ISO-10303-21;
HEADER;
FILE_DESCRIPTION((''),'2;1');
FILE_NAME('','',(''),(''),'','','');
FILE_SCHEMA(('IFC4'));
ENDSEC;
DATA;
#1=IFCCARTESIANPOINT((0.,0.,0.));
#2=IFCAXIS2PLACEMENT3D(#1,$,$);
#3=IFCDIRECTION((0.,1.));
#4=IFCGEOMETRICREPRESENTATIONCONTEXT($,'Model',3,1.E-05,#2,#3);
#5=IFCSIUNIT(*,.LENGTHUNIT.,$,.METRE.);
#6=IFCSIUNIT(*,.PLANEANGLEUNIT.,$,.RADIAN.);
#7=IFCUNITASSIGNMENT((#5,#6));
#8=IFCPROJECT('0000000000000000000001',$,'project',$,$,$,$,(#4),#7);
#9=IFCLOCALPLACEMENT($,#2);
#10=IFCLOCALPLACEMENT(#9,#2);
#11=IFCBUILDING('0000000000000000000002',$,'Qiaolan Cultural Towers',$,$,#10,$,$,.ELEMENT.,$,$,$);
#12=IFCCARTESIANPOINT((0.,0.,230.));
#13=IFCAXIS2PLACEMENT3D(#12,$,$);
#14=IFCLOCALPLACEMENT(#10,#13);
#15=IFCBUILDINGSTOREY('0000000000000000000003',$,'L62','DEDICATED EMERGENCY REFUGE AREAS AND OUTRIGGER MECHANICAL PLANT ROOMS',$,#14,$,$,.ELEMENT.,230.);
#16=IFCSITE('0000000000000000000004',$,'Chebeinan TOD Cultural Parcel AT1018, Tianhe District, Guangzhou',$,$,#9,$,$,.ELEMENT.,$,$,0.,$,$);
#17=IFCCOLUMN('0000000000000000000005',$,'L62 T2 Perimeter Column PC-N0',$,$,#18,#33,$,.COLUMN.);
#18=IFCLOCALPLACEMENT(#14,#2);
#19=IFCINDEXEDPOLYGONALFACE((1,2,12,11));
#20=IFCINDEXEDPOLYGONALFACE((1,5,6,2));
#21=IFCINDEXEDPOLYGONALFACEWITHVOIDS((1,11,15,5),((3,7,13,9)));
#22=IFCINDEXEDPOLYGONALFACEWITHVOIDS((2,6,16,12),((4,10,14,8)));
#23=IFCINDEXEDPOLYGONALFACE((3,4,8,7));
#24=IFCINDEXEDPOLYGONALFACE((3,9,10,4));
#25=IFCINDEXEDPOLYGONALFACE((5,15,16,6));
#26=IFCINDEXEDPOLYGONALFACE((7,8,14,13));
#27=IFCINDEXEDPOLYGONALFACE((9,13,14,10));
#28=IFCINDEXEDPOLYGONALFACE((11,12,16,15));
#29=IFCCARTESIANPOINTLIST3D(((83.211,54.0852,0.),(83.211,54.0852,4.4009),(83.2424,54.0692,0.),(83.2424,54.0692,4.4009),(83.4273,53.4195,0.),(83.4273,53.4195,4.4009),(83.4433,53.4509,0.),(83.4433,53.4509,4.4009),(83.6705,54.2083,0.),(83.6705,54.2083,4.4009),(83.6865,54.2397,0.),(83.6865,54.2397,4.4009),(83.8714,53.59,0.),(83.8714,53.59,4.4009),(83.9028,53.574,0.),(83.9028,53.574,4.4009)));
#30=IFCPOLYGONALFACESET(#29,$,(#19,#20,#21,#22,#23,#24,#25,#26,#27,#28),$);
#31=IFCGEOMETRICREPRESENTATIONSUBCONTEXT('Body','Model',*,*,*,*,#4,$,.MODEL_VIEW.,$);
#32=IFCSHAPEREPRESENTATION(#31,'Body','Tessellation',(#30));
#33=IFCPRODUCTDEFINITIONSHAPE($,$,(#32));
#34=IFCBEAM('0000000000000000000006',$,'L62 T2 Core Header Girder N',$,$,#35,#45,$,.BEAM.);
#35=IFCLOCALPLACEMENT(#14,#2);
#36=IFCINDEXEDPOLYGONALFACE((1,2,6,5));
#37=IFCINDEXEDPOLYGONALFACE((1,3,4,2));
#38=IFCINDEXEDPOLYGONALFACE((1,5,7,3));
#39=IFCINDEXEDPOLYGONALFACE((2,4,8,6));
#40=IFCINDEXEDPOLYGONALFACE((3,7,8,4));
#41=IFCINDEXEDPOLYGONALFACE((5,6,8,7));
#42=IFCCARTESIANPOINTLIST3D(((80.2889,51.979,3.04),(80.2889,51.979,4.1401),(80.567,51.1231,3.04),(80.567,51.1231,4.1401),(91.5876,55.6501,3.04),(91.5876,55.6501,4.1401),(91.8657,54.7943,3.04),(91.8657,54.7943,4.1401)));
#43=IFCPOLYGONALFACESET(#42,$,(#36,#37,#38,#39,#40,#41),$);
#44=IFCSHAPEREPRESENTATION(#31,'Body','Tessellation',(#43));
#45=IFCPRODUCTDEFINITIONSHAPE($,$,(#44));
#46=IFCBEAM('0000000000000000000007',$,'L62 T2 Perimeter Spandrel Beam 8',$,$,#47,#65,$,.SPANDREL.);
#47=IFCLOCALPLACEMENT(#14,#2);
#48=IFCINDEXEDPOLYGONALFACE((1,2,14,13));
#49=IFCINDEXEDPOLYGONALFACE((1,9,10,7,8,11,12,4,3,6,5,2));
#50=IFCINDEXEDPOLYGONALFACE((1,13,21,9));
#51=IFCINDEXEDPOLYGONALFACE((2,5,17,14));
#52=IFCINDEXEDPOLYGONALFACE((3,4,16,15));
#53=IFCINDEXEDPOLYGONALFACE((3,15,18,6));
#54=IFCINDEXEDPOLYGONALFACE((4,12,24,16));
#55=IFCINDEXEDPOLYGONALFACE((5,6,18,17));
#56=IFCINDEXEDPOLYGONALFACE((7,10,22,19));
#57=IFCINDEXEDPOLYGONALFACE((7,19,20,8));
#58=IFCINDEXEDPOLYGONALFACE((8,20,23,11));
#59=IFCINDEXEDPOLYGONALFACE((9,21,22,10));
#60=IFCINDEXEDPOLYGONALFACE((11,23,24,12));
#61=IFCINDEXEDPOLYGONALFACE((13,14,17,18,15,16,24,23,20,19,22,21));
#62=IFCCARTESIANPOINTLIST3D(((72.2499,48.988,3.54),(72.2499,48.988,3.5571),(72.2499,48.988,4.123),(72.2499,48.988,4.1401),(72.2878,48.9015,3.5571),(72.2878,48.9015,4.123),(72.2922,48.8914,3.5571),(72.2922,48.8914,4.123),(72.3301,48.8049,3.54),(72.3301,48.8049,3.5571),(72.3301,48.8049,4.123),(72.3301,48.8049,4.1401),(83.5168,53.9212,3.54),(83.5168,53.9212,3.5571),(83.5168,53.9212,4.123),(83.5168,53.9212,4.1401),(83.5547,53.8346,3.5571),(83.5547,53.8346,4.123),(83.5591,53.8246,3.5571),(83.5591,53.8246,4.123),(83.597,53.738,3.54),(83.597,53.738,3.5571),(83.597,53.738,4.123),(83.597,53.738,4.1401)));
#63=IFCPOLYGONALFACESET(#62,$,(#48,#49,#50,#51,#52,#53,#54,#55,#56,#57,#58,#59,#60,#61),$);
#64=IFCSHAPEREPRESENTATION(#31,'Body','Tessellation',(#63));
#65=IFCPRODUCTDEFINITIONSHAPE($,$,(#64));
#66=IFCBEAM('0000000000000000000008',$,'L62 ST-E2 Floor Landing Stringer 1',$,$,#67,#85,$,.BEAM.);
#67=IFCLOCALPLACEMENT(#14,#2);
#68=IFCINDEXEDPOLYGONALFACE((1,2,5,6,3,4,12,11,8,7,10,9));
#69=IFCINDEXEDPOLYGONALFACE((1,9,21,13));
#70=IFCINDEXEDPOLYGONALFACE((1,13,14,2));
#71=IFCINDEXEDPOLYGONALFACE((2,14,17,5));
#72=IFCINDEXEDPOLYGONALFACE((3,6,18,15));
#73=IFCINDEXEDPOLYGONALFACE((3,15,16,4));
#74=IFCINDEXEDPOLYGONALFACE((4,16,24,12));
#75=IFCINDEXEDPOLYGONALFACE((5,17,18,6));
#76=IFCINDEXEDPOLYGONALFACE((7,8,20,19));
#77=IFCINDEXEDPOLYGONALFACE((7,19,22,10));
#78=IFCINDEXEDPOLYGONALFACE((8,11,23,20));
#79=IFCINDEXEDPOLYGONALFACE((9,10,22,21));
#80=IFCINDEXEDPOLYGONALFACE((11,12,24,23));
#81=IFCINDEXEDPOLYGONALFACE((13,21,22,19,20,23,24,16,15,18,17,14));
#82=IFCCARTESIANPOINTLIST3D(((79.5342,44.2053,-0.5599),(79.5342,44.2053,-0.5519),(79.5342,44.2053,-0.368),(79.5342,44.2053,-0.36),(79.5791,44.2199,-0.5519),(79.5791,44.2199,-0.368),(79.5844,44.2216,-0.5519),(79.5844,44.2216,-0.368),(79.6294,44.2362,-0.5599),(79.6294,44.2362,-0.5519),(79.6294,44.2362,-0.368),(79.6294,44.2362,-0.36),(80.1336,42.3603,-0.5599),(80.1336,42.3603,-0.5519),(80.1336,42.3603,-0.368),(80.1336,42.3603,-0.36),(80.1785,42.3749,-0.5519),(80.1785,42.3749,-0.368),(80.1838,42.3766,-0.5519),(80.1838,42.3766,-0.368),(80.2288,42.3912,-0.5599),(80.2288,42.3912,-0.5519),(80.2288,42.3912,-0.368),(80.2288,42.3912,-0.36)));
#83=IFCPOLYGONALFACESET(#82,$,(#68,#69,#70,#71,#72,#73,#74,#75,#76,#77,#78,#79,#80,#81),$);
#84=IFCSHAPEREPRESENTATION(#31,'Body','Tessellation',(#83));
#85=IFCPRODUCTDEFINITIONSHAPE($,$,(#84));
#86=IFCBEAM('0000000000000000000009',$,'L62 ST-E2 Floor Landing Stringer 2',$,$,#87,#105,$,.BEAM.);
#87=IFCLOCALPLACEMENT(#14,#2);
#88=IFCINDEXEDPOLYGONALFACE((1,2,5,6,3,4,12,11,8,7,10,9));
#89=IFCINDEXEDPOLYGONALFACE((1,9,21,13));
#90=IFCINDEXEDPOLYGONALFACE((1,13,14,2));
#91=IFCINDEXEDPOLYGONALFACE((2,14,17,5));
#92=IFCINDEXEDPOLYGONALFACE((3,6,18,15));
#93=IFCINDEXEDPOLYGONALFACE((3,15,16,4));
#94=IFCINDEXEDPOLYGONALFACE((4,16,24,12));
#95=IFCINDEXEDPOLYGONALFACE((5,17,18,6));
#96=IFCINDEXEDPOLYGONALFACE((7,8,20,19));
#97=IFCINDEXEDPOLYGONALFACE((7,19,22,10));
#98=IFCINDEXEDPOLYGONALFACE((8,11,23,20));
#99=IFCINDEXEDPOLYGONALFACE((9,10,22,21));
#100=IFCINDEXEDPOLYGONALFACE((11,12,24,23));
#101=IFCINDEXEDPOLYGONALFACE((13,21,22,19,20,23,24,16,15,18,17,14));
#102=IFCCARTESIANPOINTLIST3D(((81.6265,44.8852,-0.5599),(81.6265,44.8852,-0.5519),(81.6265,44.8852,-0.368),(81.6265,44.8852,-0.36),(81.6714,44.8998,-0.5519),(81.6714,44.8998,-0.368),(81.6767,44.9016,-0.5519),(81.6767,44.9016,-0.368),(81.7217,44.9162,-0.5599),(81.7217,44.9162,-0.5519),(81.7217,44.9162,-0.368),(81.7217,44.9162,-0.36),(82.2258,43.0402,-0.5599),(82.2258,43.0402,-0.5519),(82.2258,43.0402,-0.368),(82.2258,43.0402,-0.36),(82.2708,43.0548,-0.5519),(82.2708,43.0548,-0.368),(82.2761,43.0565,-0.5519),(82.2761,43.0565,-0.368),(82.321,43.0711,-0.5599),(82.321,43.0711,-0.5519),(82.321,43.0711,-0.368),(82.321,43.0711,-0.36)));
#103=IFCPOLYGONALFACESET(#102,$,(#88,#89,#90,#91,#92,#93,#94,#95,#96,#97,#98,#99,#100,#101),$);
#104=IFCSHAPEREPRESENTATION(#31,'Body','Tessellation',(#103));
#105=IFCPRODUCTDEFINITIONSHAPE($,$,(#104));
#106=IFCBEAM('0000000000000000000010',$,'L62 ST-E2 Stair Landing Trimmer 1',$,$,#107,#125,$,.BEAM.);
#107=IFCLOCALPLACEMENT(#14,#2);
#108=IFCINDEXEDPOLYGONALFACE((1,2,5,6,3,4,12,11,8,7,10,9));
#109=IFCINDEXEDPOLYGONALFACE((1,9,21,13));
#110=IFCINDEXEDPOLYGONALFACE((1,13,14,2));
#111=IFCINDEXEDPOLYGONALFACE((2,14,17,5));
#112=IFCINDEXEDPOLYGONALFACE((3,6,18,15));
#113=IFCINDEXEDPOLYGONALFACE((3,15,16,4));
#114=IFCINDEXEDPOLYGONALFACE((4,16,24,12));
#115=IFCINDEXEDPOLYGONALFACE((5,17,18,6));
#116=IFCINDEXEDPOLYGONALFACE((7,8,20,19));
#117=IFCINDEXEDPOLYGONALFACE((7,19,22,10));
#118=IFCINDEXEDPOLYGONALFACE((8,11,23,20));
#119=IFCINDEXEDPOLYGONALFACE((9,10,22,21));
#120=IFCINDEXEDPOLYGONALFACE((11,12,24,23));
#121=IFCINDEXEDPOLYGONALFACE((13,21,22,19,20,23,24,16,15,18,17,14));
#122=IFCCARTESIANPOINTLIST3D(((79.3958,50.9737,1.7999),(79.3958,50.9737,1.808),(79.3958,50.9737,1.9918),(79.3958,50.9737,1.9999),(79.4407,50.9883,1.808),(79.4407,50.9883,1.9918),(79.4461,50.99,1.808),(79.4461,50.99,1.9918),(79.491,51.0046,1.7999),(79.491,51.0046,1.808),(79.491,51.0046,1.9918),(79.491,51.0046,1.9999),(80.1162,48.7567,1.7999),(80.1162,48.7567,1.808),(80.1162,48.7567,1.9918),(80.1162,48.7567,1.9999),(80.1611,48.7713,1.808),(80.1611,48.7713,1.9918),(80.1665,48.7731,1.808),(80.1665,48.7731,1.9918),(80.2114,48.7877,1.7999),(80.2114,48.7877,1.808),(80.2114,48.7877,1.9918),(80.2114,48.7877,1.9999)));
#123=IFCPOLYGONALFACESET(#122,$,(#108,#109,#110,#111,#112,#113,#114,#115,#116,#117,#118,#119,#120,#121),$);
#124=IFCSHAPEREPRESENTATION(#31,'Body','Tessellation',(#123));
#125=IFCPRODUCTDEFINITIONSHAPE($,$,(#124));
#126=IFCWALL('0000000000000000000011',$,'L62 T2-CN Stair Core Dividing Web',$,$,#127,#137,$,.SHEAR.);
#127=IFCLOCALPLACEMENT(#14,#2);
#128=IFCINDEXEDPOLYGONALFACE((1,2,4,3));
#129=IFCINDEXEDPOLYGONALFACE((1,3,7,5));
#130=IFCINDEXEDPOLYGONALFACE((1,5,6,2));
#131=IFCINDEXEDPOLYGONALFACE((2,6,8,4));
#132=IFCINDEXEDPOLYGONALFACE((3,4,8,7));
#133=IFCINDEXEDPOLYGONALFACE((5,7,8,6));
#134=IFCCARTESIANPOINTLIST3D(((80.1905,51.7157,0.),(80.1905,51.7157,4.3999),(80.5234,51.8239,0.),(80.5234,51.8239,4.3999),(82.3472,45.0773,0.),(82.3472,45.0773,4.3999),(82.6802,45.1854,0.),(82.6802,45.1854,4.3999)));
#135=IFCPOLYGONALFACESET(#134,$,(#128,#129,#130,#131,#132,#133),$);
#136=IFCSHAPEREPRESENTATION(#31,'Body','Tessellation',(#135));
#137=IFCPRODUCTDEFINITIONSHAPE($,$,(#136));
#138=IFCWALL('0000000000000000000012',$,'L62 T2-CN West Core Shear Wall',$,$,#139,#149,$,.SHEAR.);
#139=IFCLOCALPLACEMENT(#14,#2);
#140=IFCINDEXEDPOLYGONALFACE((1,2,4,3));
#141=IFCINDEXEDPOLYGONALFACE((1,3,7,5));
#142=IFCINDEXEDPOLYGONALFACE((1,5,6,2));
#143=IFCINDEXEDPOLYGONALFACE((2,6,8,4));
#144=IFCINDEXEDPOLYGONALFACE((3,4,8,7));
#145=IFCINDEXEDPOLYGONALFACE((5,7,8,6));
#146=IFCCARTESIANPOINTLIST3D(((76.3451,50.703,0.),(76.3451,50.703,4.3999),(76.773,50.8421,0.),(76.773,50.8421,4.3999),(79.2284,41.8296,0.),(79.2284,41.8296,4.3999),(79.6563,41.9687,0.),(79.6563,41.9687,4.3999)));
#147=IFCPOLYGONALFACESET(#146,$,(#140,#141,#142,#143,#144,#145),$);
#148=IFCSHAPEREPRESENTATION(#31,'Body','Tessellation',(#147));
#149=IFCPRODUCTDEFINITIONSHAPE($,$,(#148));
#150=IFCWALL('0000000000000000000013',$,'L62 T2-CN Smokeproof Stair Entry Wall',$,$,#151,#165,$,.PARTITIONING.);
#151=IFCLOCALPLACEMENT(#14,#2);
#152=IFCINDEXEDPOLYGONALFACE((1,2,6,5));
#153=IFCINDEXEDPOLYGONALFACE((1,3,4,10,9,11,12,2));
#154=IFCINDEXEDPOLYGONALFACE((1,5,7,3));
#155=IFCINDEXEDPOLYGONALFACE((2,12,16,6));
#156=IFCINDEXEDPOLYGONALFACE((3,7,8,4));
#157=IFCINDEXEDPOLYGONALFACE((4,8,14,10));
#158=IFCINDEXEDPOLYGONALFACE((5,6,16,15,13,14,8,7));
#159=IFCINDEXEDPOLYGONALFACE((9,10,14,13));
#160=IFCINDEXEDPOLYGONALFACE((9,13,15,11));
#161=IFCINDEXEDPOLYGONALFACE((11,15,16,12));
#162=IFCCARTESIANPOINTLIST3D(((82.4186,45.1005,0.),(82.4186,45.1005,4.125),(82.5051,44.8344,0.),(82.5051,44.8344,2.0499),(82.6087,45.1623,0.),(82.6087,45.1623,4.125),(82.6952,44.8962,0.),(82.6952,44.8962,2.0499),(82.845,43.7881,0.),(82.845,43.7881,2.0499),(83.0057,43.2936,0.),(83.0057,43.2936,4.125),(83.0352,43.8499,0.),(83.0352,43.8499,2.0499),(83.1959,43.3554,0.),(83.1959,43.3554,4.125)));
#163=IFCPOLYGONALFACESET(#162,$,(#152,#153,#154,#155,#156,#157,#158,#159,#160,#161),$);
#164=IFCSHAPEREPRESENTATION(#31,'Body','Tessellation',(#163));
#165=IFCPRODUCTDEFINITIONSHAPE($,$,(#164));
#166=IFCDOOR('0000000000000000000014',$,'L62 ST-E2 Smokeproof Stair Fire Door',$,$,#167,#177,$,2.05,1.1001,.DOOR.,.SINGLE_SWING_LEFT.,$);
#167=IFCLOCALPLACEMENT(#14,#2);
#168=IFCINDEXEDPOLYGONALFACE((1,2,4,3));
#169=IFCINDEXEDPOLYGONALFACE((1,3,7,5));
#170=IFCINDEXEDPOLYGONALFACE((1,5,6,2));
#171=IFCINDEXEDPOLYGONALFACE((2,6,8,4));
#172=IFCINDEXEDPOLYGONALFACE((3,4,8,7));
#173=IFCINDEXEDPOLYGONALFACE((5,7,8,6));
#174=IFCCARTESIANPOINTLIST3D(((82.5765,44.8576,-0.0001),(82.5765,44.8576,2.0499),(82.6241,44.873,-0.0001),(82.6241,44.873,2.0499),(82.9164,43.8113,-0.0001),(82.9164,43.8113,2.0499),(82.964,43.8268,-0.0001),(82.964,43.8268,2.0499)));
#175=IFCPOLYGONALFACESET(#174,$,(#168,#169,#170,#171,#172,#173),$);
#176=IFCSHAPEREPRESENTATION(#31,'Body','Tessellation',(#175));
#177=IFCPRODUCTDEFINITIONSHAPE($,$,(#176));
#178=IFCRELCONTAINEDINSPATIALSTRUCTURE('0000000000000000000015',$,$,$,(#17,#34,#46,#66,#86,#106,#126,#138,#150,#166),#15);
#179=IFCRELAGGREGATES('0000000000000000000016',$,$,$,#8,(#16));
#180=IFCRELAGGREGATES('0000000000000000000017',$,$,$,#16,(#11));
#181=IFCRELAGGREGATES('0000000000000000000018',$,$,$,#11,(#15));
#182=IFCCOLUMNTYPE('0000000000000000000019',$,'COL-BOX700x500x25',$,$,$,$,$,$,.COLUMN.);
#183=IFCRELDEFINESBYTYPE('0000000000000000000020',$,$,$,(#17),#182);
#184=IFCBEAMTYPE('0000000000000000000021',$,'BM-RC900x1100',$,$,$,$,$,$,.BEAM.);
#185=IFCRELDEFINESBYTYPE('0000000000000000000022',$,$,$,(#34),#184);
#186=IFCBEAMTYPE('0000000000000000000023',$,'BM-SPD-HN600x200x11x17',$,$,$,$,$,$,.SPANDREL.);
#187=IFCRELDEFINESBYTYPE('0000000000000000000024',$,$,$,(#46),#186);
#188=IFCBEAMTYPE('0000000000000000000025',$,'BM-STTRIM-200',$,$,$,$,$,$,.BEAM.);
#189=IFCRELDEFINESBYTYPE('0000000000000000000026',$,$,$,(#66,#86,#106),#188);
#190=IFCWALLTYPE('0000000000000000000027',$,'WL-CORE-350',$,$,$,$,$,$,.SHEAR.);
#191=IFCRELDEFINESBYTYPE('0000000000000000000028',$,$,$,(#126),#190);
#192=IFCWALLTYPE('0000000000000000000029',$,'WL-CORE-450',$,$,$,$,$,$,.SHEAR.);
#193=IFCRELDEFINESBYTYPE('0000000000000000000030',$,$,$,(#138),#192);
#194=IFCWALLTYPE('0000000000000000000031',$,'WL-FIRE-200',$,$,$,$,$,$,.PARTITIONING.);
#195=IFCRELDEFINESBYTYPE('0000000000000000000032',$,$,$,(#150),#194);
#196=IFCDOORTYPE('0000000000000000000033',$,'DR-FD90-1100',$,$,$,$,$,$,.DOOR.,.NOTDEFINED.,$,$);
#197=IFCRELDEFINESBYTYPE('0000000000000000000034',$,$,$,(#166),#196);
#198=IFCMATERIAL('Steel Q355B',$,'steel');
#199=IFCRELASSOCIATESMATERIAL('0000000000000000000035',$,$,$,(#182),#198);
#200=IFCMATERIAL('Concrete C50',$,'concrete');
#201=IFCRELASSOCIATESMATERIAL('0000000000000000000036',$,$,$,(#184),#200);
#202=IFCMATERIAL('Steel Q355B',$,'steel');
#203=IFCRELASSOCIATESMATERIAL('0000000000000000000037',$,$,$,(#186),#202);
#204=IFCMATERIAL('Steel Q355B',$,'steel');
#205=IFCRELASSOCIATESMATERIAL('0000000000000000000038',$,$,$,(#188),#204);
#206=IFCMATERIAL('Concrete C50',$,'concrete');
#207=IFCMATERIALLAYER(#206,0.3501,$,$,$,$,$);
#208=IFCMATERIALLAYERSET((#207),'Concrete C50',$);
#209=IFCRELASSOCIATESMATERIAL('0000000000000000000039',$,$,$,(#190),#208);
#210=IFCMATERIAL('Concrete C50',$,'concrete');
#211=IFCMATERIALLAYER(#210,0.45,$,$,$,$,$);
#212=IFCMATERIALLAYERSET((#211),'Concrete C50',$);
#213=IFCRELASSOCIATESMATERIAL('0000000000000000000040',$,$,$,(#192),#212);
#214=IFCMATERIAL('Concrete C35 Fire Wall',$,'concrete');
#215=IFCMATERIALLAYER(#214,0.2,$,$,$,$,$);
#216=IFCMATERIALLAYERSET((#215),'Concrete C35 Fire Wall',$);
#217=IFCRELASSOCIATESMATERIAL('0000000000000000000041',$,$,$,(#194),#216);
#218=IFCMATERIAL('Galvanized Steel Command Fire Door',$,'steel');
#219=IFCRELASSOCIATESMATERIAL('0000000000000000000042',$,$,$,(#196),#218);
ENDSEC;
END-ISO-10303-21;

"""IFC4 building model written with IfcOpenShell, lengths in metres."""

from ifc_helpers import new_model, si_unit, direction, frame, frame_2d, origin, origin_2d, place, context, subcontext, project, spatial, rectangle, hollow_rectangle, i_section, extrude, material, layer, layer_set, material_profile, profile_set, type_object, element, fill, save


model = new_model("IFC4")

# Units and contexts
model_context = context("Model", 3, precision=1e-05, world=origin(), true_north=direction((0.0, 1.0)))
body_context = subcontext(model_context, "Body", "Model", "MODEL_VIEW")
ifc_project = project(units=[si_unit("LENGTHUNIT", "METRE"), si_unit("PLANEANGLEUNIT", "RADIAN")], contexts=[model_context])

# Site, building, storey
site_placement = place(None, origin())
site = spatial("IfcSite", under=ifc_project, at=site_placement, Name="Chebeinan TOD Cultural Parcel AT1018, Tianhe District, Guangzhou", CompositionType="ELEMENT", RefElevation=0.0)
building_placement = place(site_placement, origin())
building = spatial("IfcBuilding", under=site, at=building_placement, Name="Qiaolan Cultural Towers", CompositionType="ELEMENT")
storey_placement = place(building_placement, frame((0.0, 0.0, 230.0)))
storey = spatial("IfcBuildingStorey", under=building, at=storey_placement, Name="L62", Description="DEDICATED EMERGENCY REFUGE AREAS AND OUTRIGGER MECHANICAL PLANT ROOMS", CompositionType="ELEMENT", Elevation=230.0)

# Column
ifc_material_1 = material(Name="Steel Q355B", Category="steel")
ifc_material_profile_1 = material_profile(ifc_material_1, hollow_rectangle(XDim=0.5, YDim=0.7, WallThickness=0.0249, at=origin_2d()), Name="BOX700x500x25")
ifc_profile_set_1 = profile_set([ifc_material_profile_1], Name="Steel Q355B")
column_type = type_object("IfcColumnType", Name="COL-BOX700x500x25", PredefinedType="COLUMN", material=ifc_profile_set_1)
column_placement = place(storey_placement, frame((83.5569, 53.8296, 0.0), z_axis=(0.0, 0.0, 1.0), x_axis=(0.951057, 0.309017, 0.0)))
element("IfcColumn", 1, at=column_placement, inside=storey, type_object=column_type, Name="L62 T2 Perimeter Column PC-N0", PredefinedType="COLUMN", context=body_context, shape_type="SweptSolid", body=[
    extrude(hollow_rectangle(XDim=0.5, YDim=0.7, WallThickness=0.0249, at=origin_2d()), origin(), (0.0, 0.0, 1.0), 4.4009),
])

# Beams
ifc_material_2 = material(Name="Concrete C50", Category="concrete")
ifc_material_profile_2 = material_profile(ifc_material_2, rectangle(XDim=0.8999, YDim=1.1001, at=origin_2d()), Name="RC900x1100")
ifc_profile_set_2 = profile_set([ifc_material_profile_2], Name="Concrete C50")
beam_type_1 = type_object("IfcBeamType", Name="BM-RC900x1100", PredefinedType="BEAM", material=ifc_profile_set_2)
beam_1_placement = place(storey_placement, frame((80.428, 51.551, 3.5901), z_axis=(0.951056, 0.309018, 0.0), x_axis=(-0.309018, 0.951056, 0.0)))
element("IfcBeam", 2, at=beam_1_placement, inside=storey, type_object=beam_type_1, Name="L62 T2 Core Header Girder N", PredefinedType="BEAM", context=body_context, shape_type="SweptSolid", body=[
    extrude(rectangle(XDim=0.8999, YDim=1.1001, at=origin_2d()), origin(), (0.0, 0.0, 1.0), 11.8801),
])
ifc_material_3 = material(Name="Steel Q355B", Category="steel")
ifc_material_profile_3 = material_profile(ifc_material_3, i_section(OverallWidth=0.2, OverallDepth=0.6001, WebThickness=0.011, FlangeThickness=0.0171, at=origin_2d()), Name="HN600x200x11x17")
ifc_profile_set_3 = profile_set([ifc_material_profile_3], Name="Steel Q355B")
beam_type_2 = type_object("IfcBeamType", Name="BM-SPD-HN600x200x11x17", PredefinedType="SPANDREL", material=ifc_profile_set_3)
beam_2_placement = place(storey_placement, frame((83.5569, 53.8296, 3.8401), z_axis=(-0.916042, -0.401082, 0.0), x_axis=(0.401082, -0.916042, 0.0)))
element("IfcBeam", 3, at=beam_2_placement, inside=storey, type_object=beam_type_2, Name="L62 T2 Perimeter Spandrel Beam 8", PredefinedType="SPANDREL", context=body_context, shape_type="SweptSolid", body=[
    extrude(i_section(OverallWidth=0.2, OverallDepth=0.6001, WebThickness=0.011, FlangeThickness=0.0171, at=origin_2d()), origin(), (0.0, 0.0, 1.0), 12.2996),
])
ifc_material_4 = material(Name="Steel Q355B", Category="steel")
ifc_material_profile_4 = material_profile(ifc_material_4, i_section(OverallWidth=0.1001, OverallDepth=0.2, WebThickness=0.0056, FlangeThickness=0.0081, at=origin_2d()), Name="HN200x100x5.5x8")
ifc_profile_set_4 = profile_set([ifc_material_profile_4], Name="Steel Q355B")
beam_type_3 = type_object("IfcBeamType", Name="BM-STTRIM-200", PredefinedType="BEAM", material=ifc_profile_set_4)
for number, where, z_axis, x_axis, name in (
    (4, (80.1812, 42.3757, -0.46), (-0.308969, 0.951072, 0.0), (-0.951072, -0.308969, 0.0), "L62 ST-E2 Floor Landing Stringer 1"),
    (5, (82.2734, 43.0557, -0.46), (-0.308969, 0.951072, 0.0), (-0.951072, -0.308969, 0.0), "L62 ST-E2 Floor Landing Stringer 2"),
):
    element("IfcBeam", number, at=place(storey_placement, frame(where, z_axis=z_axis, x_axis=x_axis)), inside=storey, type_object=beam_type_3, Name=name, PredefinedType="BEAM", context=body_context, shape_type="SweptSolid", body=[
        extrude(i_section(OverallWidth=0.1001, OverallDepth=0.2, WebThickness=0.0056, FlangeThickness=0.0081, at=origin_2d()), origin(), (0.0, 0.0, 1.0), 1.9399),
    ])
beam_3_placement = place(storey_placement, frame((80.1638, 48.7722, 1.8999), z_axis=(-0.309055, 0.951044, 0.0), x_axis=(-0.951044, -0.309055, 0.0)))
element("IfcBeam", 6, at=beam_3_placement, inside=storey, type_object=beam_type_3, Name="L62 ST-E2 Stair Landing Trimmer 1", PredefinedType="BEAM", context=body_context, shape_type="SweptSolid", body=[
    extrude(i_section(OverallWidth=0.1001, OverallDepth=0.2, WebThickness=0.0056, FlangeThickness=0.0081, at=origin_2d()), origin(), (0.0, 0.0, 1.0), 2.3311),
])

# Walls
ifc_material_5 = material(Name="Concrete C50", Category="concrete")
ifc_layer_1 = layer(ifc_material_5, 0.3501)
ifc_layer_set_1 = layer_set([ifc_layer_1], Name="Concrete C50")
wall_type_1 = type_object("IfcWallType", Name="WL-CORE-350", PredefinedType="SHEAR", material=ifc_layer_set_1)
wall_1_placement = place(storey_placement, frame((82.5137, 45.1313, 0.0), z_axis=(0.0, 0.0, 1.0), x_axis=(-0.308989, 0.951066, 0.0)))
element("IfcWall", 7, at=wall_1_placement, inside=storey, type_object=wall_type_1, Name="L62 T2-CN Stair Core Dividing Web", PredefinedType="SHEAR", context=body_context, shape_type="SweptSolid", body=[
    extrude(rectangle(XDim=6.98, YDim=0.3501, at=frame_2d((3.49, 0.0))), origin(), (0.0, 0.0, 1.0), 4.3999),
])
ifc_material_6 = material(Name="Concrete C50", Category="concrete")
ifc_layer_2 = layer(ifc_material_6, 0.45)
ifc_layer_set_2 = layer_set([ifc_layer_2], Name="Concrete C50")
wall_type_2 = type_object("IfcWallType", Name="WL-CORE-450", PredefinedType="SHEAR", material=ifc_layer_set_2)
wall_2_placement = place(storey_placement, frame((79.4424, 41.8992, 0.0), z_axis=(0.0, 0.0, 1.0), x_axis=(-0.309036, 0.95105, 0.0)))
element("IfcWall", 8, at=wall_2_placement, inside=storey, type_object=wall_type_2, Name="L62 T2-CN West Core Shear Wall", PredefinedType="SHEAR", context=body_context, shape_type="SweptSolid", body=[
    extrude(rectangle(XDim=9.3301, YDim=0.45, at=frame_2d((4.665, 0.0))), origin(), (0.0, 0.0, 1.0), 4.3999),
])

# Wall, opening, door
ifc_material_7 = material(Name="Concrete C35 Fire Wall", Category="concrete")
ifc_layer_3 = layer(ifc_material_7, 0.2)
ifc_layer_set_3 = layer_set([ifc_layer_3], Name="Concrete C35 Fire Wall")
wall_type_3 = type_object("IfcWallType", Name="WL-FIRE-200", PredefinedType="PARTITIONING", material=ifc_layer_set_3)
wall_3_placement = place(storey_placement, frame((83.1008, 43.3245, 0.0), z_axis=(0.0, 0.0, 1.0), x_axis=(-0.309048, 0.951046, 0.0)))
wall_3 = element("IfcWall", 9, at=wall_3_placement, inside=storey, type_object=wall_type_3, Name="L62 T2-CN Smokeproof Stair Entry Wall", PredefinedType="PARTITIONING", context=body_context, shape_type="SweptSolid", body=[
    extrude(rectangle(XDim=1.8999, YDim=0.2, at=frame_2d((0.95, 0.0))), origin(), (0.0, 0.0, 1.0), 4.125),
])
opening_1_placement = place(wall_3_placement, frame((0.52, 0.0, 0.0)))
opening_1 = element("IfcOpeningElement", 10, at=opening_1_placement, cuts=wall_3, PredefinedType="OPENING", context=body_context, shape_type="SweptSolid", body=[
    extrude(rectangle(XDim=1.1001, YDim=2.05, at=frame_2d((0.55, 1.0249))), frame((0.0, 0.1099, 0.0), z_axis=(0.0, -1.0, 0.0), x_axis=(1.0, 0.0, 0.0)), (0.0, 0.0, 1.0), 0.22),
])
ifc_material_8 = material(Name="Galvanized Steel Command Fire Door", Category="steel")
door_type_1 = type_object("IfcDoorType", Name="DR-FD90-1100", OperationType="NOTDEFINED", PredefinedType="DOOR", material=ifc_material_8)
door_1_placement = place(opening_1_placement, origin())
door_1 = element("IfcDoor", 11, at=door_1_placement, inside=storey, type_object=door_type_1, Name="L62 ST-E2 Smokeproof Stair Fire Door", OperationType="SINGLE_SWING_LEFT", OverallHeight=2.05, OverallWidth=1.1001, PredefinedType="DOOR", context=body_context, shape_type="SweptSolid", body=[
    extrude(rectangle(XDim=1.1001, YDim=2.05, at=frame_2d((0.55, 1.0249))), frame((0.0, 0.0249, 0.0), z_axis=(0.0, -1.0, 0.0), x_axis=(1.0, 0.0, 0.0)), (0.0, 0.0, 1.0), 0.05),
])
fill(opening_1, door_1)

save(model, "model.ifc")
